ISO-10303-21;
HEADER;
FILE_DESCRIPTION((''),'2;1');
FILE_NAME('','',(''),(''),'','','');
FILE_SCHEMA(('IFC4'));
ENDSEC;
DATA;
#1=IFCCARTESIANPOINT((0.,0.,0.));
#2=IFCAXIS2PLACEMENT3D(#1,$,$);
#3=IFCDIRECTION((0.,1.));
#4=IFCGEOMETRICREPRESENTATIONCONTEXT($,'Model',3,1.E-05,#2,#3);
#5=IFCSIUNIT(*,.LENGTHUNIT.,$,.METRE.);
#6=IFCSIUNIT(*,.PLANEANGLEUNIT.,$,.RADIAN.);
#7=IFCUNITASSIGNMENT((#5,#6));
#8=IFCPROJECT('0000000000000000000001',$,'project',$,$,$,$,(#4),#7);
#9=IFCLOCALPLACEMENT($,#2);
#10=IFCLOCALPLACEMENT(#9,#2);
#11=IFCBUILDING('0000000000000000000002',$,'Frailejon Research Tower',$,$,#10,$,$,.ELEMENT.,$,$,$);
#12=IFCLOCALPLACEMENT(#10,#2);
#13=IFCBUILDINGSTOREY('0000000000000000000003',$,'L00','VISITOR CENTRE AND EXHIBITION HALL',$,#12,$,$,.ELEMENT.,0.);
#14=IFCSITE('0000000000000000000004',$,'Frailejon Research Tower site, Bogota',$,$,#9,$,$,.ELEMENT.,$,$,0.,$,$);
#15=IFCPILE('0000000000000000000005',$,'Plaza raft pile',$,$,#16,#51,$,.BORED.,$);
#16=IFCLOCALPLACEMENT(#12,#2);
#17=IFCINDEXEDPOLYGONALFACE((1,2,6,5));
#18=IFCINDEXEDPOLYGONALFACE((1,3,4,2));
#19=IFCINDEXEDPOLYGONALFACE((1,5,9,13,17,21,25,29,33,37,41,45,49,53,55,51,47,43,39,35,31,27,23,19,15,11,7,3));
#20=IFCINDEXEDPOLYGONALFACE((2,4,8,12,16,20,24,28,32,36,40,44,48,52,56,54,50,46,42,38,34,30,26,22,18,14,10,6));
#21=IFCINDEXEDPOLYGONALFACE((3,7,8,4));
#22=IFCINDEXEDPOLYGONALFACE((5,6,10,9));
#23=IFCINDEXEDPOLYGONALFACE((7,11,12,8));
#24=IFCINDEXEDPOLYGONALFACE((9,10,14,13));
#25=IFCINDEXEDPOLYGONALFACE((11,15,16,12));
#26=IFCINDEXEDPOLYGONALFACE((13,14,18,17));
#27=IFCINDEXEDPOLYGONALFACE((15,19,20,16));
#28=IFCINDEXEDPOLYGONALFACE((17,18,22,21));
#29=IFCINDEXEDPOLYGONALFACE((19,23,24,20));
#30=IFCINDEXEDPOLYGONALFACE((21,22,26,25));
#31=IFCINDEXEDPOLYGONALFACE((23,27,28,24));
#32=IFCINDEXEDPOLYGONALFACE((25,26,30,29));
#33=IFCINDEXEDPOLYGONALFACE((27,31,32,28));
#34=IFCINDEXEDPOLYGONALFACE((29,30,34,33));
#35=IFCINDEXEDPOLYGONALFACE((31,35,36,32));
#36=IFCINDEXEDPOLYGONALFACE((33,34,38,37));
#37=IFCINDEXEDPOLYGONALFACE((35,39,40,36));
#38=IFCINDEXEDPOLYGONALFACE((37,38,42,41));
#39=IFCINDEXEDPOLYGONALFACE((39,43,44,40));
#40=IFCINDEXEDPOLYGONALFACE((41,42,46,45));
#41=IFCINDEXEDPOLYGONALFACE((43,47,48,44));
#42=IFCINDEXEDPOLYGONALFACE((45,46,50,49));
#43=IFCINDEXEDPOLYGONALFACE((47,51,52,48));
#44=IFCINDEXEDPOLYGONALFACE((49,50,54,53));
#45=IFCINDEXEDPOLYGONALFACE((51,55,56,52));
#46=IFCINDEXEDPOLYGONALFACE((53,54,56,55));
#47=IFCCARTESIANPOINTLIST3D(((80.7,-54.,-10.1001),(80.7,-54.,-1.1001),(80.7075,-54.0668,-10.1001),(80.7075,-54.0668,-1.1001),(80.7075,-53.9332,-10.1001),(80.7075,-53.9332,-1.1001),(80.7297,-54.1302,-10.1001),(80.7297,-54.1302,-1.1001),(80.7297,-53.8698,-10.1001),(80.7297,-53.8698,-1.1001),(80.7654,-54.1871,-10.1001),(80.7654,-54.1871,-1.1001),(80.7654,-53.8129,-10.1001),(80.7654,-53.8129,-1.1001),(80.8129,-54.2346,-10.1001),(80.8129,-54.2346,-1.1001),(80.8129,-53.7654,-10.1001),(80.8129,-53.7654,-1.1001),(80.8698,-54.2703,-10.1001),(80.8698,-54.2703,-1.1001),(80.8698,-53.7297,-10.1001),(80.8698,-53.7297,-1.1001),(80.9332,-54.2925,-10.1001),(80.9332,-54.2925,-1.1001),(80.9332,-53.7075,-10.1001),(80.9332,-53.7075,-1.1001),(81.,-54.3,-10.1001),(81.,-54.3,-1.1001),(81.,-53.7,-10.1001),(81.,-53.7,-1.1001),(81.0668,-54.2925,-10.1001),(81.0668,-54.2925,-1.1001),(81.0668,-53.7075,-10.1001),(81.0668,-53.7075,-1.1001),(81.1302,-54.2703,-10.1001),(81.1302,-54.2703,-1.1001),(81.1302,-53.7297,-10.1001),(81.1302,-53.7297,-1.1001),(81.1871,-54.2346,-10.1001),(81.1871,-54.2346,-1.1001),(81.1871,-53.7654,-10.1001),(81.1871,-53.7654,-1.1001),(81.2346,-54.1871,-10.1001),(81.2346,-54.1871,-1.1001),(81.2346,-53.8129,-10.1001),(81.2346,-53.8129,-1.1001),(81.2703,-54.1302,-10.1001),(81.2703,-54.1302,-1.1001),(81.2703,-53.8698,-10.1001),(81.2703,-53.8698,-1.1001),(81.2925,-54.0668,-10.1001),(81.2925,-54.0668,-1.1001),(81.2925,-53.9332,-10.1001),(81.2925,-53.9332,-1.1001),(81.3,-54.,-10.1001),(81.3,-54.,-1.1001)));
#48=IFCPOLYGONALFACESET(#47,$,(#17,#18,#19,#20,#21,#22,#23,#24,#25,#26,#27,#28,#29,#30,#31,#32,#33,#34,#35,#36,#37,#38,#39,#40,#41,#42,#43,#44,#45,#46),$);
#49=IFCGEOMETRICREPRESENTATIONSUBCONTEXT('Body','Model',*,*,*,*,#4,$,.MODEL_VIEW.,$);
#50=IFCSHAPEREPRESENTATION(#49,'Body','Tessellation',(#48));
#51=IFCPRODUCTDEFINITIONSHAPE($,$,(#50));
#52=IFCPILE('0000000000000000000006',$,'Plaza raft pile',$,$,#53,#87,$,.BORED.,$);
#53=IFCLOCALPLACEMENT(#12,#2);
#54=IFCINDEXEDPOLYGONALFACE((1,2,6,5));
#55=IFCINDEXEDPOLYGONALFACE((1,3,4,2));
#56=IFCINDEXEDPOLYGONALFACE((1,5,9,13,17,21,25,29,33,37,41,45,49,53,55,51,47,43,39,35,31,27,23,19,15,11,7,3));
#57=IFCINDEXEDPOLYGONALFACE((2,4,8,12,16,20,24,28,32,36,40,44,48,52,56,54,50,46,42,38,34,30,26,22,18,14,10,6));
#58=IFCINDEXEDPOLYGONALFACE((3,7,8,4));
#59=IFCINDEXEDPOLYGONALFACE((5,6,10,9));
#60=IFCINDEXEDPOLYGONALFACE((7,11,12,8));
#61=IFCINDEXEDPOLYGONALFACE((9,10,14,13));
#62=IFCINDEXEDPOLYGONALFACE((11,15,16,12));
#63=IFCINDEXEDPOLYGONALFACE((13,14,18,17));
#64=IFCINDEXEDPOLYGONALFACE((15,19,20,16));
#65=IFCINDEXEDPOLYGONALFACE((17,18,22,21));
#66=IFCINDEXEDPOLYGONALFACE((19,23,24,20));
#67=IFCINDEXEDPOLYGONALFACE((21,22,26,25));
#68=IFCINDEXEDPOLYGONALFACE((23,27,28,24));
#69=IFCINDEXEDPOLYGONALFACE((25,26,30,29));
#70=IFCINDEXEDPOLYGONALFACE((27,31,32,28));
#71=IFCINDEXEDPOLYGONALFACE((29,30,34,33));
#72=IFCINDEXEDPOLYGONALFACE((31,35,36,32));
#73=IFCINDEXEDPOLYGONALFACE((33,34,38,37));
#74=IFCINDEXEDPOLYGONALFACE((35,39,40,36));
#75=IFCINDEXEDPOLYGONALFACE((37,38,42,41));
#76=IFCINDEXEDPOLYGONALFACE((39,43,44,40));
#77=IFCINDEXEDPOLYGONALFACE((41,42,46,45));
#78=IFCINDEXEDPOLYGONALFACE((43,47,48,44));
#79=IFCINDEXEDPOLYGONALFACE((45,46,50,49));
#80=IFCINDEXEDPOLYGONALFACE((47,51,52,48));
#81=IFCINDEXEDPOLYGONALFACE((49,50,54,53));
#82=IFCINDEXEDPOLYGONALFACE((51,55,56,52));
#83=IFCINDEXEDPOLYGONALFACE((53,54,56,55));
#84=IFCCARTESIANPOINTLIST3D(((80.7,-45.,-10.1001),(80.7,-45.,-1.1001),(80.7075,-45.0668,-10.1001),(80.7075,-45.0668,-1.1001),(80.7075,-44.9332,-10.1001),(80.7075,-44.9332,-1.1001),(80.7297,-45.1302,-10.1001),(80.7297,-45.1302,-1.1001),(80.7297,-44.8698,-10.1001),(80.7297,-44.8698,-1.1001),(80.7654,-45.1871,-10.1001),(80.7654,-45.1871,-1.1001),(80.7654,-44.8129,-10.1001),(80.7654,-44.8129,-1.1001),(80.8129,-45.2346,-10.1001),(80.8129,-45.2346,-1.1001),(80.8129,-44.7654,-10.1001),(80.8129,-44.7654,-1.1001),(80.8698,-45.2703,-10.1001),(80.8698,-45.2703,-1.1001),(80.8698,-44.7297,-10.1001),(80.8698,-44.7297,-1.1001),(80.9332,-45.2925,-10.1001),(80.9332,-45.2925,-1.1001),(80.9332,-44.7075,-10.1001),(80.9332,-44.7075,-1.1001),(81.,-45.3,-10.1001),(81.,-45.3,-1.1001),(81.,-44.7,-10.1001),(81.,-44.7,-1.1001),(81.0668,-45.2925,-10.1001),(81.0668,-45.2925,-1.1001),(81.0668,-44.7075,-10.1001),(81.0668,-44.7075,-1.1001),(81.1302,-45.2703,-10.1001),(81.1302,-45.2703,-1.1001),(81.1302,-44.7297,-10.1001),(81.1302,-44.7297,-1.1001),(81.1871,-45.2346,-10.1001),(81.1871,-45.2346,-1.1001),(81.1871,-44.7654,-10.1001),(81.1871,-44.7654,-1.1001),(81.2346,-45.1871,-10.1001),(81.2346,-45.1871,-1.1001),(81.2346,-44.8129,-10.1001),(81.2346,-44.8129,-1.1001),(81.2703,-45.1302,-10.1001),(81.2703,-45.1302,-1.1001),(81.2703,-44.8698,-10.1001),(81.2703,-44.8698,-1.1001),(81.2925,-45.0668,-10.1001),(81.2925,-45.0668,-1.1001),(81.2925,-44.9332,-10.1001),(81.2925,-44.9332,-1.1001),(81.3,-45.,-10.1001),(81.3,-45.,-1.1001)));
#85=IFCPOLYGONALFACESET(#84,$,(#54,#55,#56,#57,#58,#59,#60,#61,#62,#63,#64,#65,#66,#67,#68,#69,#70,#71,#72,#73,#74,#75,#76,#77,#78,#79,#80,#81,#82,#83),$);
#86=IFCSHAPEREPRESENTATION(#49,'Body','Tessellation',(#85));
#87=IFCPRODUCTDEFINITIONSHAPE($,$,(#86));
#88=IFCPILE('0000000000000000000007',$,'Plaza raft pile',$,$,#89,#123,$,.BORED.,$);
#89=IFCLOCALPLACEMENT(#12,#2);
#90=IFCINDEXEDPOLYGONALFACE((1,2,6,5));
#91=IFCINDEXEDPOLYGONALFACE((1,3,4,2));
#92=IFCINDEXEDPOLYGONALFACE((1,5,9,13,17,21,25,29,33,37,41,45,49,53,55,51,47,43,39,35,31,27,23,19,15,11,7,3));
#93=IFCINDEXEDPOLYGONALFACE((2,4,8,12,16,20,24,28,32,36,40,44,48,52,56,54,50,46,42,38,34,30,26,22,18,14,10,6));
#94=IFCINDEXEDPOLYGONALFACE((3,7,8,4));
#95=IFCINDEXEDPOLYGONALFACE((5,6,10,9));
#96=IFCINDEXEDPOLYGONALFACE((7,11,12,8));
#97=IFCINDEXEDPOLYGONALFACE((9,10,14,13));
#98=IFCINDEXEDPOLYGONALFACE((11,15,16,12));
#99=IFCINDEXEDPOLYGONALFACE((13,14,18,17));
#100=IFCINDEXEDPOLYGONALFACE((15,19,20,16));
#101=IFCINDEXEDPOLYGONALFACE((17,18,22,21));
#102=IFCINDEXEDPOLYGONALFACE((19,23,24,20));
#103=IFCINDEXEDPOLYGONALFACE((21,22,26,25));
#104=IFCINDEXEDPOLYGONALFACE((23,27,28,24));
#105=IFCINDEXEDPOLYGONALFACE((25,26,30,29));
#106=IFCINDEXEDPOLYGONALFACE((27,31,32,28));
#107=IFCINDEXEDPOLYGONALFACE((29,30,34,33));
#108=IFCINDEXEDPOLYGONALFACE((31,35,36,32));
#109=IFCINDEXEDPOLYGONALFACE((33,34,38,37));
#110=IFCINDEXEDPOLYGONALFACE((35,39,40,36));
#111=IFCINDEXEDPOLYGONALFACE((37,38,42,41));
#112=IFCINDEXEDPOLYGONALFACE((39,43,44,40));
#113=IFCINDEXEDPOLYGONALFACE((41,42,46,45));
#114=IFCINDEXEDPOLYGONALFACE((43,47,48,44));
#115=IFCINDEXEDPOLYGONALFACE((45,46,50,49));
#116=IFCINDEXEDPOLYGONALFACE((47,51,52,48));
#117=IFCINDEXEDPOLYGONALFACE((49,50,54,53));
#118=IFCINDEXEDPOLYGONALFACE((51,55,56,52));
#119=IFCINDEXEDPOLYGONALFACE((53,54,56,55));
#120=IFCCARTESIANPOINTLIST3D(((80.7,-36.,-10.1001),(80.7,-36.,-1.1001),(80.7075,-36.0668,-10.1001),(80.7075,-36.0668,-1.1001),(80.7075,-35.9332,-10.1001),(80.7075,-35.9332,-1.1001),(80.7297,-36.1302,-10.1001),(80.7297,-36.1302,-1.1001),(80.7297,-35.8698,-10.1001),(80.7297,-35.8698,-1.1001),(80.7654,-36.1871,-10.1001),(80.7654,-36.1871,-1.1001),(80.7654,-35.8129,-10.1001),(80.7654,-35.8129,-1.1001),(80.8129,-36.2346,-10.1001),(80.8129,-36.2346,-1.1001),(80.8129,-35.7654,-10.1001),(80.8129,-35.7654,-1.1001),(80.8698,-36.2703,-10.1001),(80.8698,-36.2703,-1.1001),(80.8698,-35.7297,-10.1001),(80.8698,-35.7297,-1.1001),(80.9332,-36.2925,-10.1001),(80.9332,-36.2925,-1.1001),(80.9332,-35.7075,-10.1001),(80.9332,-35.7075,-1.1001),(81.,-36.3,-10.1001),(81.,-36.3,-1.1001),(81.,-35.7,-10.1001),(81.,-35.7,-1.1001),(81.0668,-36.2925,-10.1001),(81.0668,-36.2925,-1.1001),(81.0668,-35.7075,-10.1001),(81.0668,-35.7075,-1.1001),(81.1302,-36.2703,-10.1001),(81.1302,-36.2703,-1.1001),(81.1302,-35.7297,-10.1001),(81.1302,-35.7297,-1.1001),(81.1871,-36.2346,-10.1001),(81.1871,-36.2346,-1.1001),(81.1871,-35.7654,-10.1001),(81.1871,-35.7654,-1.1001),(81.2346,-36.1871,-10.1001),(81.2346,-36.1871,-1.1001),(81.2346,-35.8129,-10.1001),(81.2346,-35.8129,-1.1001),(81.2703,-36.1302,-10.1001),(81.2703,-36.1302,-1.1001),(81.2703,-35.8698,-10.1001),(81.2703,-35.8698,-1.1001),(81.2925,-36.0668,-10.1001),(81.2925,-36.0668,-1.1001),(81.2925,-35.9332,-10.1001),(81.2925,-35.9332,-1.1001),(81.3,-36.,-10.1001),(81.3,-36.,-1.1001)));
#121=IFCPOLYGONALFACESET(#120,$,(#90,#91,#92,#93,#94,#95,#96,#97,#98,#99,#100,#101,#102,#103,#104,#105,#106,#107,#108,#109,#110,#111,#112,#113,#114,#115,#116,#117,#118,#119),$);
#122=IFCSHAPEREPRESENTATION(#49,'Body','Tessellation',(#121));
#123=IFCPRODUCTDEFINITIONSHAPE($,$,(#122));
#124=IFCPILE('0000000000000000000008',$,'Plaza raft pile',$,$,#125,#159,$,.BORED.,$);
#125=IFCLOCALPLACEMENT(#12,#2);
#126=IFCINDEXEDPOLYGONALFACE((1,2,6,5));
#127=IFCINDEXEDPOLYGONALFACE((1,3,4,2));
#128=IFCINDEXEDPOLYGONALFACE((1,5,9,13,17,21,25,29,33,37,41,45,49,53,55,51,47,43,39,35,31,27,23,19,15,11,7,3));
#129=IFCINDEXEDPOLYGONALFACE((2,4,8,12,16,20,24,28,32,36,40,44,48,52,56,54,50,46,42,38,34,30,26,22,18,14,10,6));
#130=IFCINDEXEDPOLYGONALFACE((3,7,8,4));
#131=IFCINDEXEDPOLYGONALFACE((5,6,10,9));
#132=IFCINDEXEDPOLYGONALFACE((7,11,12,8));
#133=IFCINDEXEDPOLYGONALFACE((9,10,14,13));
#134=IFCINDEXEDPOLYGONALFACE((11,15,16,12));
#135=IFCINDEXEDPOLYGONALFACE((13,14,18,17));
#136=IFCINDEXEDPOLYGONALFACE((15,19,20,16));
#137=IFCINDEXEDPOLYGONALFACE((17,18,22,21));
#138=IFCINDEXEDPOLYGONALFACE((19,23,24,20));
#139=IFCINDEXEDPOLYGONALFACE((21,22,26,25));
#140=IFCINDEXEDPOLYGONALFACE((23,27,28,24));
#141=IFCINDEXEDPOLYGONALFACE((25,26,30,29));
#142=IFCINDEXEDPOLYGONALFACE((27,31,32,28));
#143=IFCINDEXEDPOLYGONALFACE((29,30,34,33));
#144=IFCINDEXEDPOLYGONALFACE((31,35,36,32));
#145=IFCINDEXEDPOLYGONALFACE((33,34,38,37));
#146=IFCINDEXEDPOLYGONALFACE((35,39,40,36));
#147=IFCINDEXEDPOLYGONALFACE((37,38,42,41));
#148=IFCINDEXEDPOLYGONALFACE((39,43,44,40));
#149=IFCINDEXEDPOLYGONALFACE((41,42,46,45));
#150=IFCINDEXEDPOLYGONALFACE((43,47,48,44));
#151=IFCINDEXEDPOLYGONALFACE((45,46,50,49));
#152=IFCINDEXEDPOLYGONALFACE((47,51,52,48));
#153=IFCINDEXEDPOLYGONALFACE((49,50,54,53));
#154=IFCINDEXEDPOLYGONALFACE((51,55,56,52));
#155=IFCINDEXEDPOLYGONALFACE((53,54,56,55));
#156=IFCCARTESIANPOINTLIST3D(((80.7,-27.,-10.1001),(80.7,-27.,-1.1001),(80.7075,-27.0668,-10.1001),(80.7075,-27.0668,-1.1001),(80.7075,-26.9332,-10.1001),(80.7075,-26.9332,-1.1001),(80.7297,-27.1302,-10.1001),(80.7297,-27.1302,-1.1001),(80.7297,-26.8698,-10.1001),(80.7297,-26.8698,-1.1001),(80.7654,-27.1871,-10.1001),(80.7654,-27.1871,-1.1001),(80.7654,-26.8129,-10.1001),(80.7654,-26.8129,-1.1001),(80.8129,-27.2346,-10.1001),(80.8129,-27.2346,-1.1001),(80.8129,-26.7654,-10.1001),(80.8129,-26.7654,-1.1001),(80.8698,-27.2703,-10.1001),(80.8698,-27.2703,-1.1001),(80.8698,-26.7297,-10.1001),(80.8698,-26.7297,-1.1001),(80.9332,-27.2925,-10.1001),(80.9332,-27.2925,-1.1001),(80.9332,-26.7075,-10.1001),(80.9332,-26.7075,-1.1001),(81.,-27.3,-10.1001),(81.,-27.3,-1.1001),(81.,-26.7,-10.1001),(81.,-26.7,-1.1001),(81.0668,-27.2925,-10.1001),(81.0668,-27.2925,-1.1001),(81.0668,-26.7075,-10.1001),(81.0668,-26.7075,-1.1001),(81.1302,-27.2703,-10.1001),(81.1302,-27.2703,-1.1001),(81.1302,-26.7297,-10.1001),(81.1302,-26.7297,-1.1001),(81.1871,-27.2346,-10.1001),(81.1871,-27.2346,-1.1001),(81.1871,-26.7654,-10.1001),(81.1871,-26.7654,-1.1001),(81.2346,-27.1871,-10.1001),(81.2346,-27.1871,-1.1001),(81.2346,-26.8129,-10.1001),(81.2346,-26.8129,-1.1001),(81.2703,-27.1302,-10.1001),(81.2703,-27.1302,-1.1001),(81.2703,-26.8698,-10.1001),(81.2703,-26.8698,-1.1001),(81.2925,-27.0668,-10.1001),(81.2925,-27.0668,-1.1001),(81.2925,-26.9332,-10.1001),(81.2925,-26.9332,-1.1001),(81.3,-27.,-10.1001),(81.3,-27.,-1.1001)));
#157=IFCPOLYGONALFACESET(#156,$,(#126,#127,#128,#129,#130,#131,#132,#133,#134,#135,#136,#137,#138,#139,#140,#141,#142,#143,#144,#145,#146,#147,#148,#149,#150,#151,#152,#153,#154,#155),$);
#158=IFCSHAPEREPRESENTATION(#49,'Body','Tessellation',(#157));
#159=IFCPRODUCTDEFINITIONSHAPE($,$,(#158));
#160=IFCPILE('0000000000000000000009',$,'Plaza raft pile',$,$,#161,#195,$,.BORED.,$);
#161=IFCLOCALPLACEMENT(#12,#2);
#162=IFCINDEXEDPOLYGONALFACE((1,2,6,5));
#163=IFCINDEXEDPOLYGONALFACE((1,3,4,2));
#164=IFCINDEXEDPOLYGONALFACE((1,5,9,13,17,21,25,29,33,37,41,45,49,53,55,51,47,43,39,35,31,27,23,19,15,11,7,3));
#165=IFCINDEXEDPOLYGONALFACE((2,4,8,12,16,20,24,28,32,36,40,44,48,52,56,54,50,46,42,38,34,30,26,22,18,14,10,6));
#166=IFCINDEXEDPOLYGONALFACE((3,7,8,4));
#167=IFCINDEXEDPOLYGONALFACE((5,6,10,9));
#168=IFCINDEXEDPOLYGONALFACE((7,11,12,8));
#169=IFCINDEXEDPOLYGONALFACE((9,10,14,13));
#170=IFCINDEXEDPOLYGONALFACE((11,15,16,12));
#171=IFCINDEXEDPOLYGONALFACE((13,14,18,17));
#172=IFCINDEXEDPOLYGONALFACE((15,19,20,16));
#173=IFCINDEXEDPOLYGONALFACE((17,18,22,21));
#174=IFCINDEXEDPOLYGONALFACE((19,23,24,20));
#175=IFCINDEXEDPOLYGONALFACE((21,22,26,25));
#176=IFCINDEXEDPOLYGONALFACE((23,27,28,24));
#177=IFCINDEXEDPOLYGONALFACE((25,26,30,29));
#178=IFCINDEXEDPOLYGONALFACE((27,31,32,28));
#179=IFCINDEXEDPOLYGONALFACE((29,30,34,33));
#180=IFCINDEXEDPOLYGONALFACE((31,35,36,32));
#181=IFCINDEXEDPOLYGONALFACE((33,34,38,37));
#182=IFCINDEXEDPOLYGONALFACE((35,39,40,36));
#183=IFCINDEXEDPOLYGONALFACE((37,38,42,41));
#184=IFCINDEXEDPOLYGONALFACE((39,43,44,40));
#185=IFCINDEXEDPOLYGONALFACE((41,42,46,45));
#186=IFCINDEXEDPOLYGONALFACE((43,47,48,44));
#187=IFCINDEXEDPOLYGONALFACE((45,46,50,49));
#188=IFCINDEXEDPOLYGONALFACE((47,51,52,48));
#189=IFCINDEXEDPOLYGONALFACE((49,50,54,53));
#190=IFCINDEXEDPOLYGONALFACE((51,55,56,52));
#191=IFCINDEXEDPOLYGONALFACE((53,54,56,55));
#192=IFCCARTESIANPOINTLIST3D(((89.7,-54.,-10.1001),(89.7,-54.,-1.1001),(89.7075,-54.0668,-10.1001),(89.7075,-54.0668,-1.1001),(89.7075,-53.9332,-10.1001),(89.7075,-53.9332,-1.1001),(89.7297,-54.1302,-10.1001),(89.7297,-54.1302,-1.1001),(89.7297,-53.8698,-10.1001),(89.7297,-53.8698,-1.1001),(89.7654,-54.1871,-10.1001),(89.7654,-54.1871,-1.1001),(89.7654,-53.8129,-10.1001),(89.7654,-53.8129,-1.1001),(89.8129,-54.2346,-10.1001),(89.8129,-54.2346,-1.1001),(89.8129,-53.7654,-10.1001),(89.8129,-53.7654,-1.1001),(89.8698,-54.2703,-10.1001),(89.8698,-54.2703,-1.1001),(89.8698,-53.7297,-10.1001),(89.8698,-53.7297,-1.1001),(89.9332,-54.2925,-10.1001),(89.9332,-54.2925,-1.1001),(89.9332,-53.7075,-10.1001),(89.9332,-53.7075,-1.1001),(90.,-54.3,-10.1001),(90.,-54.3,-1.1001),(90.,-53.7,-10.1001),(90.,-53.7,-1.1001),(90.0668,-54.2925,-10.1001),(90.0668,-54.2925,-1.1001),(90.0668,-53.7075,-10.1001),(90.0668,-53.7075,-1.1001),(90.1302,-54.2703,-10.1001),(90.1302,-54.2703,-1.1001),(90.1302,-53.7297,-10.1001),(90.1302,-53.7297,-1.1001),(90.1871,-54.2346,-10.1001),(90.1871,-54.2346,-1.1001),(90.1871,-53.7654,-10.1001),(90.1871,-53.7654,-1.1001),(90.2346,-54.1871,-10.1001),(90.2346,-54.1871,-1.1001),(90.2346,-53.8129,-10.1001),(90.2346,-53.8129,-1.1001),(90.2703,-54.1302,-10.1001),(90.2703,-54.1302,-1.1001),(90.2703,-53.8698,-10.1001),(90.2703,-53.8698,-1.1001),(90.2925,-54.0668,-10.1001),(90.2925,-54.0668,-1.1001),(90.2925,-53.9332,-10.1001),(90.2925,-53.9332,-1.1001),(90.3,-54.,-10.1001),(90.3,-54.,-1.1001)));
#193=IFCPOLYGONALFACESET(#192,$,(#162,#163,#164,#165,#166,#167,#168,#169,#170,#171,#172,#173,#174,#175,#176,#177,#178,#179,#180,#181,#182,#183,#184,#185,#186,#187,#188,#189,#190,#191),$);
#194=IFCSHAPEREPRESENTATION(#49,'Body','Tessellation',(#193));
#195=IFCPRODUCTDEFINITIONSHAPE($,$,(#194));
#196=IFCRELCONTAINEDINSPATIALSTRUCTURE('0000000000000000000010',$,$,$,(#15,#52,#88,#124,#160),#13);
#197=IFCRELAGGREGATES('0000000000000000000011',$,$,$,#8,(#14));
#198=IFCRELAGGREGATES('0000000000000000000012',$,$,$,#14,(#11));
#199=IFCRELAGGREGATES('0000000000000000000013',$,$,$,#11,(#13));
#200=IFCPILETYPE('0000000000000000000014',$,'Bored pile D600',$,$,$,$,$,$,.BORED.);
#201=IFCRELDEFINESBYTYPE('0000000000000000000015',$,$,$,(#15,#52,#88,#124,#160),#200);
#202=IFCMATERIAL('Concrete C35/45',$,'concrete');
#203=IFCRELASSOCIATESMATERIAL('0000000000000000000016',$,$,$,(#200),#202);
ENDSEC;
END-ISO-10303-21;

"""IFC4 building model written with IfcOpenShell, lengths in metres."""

from ifc_helpers import new_model, si_unit, direction, frame, origin, origin_2d, place, context, subcontext, project, spatial, circle, extrude, material, material_profile, profile_set, type_object, element, save


model = new_model("IFC4")

# Units and contexts
model_context = context("Model", 3, precision=1e-05, world=origin(), true_north=direction((0.0, 1.0)))
body_context = subcontext(model_context, "Body", "Model", "MODEL_VIEW")
ifc_project = project(units=[si_unit("LENGTHUNIT", "METRE"), si_unit("PLANEANGLEUNIT", "RADIAN")], contexts=[model_context])

# Site, building, storey
site_placement = place(None, origin())
site = spatial("IfcSite", under=ifc_project, at=site_placement, Name="Frailejon Research Tower site, Bogota", CompositionType="ELEMENT", RefElevation=0.0)
building_placement = place(site_placement, origin())
building = spatial("IfcBuilding", under=site, at=building_placement, Name="Frailejon Research Tower", CompositionType="ELEMENT")
storey_placement = place(building_placement, origin())
storey = spatial("IfcBuildingStorey", under=building, at=storey_placement, Name="L00", Description="VISITOR CENTRE AND EXHIBITION HALL", CompositionType="ELEMENT", Elevation=0.0)

# Piles
ifc_material = material(Name="Concrete C35/45", Category="concrete")
ifc_material_profile = material_profile(ifc_material, circle(Radius=0.3, at=origin_2d()), Name="Bored pile D600")
ifc_profile_set = profile_set([ifc_material_profile], Name="Concrete C35/45")
pile_type = type_object("IfcPileType", Name="Bored pile D600", PredefinedType="BORED", material=ifc_profile_set)
for number, where, z_axis, x_axis, name in (
    (1, (81.0, -54.0, -1.1001), (0.0, 0.0, -1.0), (1.0, 0.0, 0.0), "Plaza raft pile"),
    (2, (81.0, -45.0, -1.1001), (0.0, 0.0, -1.0), (1.0, 0.0, 0.0), "Plaza raft pile"),
    (3, (81.0, -36.0, -1.1001), (0.0, 0.0, -1.0), (1.0, 0.0, 0.0), "Plaza raft pile"),
    (4, (81.0, -27.0, -1.1001), (0.0, 0.0, -1.0), (1.0, 0.0, 0.0), "Plaza raft pile"),
    (5, (90.0, -54.0, -1.1001), (0.0, 0.0, -1.0), (1.0, 0.0, 0.0), "Plaza raft pile"),
):
    element("IfcPile", number, at=place(storey_placement, frame(where, z_axis=z_axis, x_axis=x_axis)), inside=storey, type_object=pile_type, Name=name, PredefinedType="BORED", context=body_context, shape_type="SweptSolid", body=[
        extrude(circle(Radius=0.3, at=origin_2d()), origin(), (0.0, 0.0, 1.0), 9.0),
    ])

save(model, "model.ifc")
